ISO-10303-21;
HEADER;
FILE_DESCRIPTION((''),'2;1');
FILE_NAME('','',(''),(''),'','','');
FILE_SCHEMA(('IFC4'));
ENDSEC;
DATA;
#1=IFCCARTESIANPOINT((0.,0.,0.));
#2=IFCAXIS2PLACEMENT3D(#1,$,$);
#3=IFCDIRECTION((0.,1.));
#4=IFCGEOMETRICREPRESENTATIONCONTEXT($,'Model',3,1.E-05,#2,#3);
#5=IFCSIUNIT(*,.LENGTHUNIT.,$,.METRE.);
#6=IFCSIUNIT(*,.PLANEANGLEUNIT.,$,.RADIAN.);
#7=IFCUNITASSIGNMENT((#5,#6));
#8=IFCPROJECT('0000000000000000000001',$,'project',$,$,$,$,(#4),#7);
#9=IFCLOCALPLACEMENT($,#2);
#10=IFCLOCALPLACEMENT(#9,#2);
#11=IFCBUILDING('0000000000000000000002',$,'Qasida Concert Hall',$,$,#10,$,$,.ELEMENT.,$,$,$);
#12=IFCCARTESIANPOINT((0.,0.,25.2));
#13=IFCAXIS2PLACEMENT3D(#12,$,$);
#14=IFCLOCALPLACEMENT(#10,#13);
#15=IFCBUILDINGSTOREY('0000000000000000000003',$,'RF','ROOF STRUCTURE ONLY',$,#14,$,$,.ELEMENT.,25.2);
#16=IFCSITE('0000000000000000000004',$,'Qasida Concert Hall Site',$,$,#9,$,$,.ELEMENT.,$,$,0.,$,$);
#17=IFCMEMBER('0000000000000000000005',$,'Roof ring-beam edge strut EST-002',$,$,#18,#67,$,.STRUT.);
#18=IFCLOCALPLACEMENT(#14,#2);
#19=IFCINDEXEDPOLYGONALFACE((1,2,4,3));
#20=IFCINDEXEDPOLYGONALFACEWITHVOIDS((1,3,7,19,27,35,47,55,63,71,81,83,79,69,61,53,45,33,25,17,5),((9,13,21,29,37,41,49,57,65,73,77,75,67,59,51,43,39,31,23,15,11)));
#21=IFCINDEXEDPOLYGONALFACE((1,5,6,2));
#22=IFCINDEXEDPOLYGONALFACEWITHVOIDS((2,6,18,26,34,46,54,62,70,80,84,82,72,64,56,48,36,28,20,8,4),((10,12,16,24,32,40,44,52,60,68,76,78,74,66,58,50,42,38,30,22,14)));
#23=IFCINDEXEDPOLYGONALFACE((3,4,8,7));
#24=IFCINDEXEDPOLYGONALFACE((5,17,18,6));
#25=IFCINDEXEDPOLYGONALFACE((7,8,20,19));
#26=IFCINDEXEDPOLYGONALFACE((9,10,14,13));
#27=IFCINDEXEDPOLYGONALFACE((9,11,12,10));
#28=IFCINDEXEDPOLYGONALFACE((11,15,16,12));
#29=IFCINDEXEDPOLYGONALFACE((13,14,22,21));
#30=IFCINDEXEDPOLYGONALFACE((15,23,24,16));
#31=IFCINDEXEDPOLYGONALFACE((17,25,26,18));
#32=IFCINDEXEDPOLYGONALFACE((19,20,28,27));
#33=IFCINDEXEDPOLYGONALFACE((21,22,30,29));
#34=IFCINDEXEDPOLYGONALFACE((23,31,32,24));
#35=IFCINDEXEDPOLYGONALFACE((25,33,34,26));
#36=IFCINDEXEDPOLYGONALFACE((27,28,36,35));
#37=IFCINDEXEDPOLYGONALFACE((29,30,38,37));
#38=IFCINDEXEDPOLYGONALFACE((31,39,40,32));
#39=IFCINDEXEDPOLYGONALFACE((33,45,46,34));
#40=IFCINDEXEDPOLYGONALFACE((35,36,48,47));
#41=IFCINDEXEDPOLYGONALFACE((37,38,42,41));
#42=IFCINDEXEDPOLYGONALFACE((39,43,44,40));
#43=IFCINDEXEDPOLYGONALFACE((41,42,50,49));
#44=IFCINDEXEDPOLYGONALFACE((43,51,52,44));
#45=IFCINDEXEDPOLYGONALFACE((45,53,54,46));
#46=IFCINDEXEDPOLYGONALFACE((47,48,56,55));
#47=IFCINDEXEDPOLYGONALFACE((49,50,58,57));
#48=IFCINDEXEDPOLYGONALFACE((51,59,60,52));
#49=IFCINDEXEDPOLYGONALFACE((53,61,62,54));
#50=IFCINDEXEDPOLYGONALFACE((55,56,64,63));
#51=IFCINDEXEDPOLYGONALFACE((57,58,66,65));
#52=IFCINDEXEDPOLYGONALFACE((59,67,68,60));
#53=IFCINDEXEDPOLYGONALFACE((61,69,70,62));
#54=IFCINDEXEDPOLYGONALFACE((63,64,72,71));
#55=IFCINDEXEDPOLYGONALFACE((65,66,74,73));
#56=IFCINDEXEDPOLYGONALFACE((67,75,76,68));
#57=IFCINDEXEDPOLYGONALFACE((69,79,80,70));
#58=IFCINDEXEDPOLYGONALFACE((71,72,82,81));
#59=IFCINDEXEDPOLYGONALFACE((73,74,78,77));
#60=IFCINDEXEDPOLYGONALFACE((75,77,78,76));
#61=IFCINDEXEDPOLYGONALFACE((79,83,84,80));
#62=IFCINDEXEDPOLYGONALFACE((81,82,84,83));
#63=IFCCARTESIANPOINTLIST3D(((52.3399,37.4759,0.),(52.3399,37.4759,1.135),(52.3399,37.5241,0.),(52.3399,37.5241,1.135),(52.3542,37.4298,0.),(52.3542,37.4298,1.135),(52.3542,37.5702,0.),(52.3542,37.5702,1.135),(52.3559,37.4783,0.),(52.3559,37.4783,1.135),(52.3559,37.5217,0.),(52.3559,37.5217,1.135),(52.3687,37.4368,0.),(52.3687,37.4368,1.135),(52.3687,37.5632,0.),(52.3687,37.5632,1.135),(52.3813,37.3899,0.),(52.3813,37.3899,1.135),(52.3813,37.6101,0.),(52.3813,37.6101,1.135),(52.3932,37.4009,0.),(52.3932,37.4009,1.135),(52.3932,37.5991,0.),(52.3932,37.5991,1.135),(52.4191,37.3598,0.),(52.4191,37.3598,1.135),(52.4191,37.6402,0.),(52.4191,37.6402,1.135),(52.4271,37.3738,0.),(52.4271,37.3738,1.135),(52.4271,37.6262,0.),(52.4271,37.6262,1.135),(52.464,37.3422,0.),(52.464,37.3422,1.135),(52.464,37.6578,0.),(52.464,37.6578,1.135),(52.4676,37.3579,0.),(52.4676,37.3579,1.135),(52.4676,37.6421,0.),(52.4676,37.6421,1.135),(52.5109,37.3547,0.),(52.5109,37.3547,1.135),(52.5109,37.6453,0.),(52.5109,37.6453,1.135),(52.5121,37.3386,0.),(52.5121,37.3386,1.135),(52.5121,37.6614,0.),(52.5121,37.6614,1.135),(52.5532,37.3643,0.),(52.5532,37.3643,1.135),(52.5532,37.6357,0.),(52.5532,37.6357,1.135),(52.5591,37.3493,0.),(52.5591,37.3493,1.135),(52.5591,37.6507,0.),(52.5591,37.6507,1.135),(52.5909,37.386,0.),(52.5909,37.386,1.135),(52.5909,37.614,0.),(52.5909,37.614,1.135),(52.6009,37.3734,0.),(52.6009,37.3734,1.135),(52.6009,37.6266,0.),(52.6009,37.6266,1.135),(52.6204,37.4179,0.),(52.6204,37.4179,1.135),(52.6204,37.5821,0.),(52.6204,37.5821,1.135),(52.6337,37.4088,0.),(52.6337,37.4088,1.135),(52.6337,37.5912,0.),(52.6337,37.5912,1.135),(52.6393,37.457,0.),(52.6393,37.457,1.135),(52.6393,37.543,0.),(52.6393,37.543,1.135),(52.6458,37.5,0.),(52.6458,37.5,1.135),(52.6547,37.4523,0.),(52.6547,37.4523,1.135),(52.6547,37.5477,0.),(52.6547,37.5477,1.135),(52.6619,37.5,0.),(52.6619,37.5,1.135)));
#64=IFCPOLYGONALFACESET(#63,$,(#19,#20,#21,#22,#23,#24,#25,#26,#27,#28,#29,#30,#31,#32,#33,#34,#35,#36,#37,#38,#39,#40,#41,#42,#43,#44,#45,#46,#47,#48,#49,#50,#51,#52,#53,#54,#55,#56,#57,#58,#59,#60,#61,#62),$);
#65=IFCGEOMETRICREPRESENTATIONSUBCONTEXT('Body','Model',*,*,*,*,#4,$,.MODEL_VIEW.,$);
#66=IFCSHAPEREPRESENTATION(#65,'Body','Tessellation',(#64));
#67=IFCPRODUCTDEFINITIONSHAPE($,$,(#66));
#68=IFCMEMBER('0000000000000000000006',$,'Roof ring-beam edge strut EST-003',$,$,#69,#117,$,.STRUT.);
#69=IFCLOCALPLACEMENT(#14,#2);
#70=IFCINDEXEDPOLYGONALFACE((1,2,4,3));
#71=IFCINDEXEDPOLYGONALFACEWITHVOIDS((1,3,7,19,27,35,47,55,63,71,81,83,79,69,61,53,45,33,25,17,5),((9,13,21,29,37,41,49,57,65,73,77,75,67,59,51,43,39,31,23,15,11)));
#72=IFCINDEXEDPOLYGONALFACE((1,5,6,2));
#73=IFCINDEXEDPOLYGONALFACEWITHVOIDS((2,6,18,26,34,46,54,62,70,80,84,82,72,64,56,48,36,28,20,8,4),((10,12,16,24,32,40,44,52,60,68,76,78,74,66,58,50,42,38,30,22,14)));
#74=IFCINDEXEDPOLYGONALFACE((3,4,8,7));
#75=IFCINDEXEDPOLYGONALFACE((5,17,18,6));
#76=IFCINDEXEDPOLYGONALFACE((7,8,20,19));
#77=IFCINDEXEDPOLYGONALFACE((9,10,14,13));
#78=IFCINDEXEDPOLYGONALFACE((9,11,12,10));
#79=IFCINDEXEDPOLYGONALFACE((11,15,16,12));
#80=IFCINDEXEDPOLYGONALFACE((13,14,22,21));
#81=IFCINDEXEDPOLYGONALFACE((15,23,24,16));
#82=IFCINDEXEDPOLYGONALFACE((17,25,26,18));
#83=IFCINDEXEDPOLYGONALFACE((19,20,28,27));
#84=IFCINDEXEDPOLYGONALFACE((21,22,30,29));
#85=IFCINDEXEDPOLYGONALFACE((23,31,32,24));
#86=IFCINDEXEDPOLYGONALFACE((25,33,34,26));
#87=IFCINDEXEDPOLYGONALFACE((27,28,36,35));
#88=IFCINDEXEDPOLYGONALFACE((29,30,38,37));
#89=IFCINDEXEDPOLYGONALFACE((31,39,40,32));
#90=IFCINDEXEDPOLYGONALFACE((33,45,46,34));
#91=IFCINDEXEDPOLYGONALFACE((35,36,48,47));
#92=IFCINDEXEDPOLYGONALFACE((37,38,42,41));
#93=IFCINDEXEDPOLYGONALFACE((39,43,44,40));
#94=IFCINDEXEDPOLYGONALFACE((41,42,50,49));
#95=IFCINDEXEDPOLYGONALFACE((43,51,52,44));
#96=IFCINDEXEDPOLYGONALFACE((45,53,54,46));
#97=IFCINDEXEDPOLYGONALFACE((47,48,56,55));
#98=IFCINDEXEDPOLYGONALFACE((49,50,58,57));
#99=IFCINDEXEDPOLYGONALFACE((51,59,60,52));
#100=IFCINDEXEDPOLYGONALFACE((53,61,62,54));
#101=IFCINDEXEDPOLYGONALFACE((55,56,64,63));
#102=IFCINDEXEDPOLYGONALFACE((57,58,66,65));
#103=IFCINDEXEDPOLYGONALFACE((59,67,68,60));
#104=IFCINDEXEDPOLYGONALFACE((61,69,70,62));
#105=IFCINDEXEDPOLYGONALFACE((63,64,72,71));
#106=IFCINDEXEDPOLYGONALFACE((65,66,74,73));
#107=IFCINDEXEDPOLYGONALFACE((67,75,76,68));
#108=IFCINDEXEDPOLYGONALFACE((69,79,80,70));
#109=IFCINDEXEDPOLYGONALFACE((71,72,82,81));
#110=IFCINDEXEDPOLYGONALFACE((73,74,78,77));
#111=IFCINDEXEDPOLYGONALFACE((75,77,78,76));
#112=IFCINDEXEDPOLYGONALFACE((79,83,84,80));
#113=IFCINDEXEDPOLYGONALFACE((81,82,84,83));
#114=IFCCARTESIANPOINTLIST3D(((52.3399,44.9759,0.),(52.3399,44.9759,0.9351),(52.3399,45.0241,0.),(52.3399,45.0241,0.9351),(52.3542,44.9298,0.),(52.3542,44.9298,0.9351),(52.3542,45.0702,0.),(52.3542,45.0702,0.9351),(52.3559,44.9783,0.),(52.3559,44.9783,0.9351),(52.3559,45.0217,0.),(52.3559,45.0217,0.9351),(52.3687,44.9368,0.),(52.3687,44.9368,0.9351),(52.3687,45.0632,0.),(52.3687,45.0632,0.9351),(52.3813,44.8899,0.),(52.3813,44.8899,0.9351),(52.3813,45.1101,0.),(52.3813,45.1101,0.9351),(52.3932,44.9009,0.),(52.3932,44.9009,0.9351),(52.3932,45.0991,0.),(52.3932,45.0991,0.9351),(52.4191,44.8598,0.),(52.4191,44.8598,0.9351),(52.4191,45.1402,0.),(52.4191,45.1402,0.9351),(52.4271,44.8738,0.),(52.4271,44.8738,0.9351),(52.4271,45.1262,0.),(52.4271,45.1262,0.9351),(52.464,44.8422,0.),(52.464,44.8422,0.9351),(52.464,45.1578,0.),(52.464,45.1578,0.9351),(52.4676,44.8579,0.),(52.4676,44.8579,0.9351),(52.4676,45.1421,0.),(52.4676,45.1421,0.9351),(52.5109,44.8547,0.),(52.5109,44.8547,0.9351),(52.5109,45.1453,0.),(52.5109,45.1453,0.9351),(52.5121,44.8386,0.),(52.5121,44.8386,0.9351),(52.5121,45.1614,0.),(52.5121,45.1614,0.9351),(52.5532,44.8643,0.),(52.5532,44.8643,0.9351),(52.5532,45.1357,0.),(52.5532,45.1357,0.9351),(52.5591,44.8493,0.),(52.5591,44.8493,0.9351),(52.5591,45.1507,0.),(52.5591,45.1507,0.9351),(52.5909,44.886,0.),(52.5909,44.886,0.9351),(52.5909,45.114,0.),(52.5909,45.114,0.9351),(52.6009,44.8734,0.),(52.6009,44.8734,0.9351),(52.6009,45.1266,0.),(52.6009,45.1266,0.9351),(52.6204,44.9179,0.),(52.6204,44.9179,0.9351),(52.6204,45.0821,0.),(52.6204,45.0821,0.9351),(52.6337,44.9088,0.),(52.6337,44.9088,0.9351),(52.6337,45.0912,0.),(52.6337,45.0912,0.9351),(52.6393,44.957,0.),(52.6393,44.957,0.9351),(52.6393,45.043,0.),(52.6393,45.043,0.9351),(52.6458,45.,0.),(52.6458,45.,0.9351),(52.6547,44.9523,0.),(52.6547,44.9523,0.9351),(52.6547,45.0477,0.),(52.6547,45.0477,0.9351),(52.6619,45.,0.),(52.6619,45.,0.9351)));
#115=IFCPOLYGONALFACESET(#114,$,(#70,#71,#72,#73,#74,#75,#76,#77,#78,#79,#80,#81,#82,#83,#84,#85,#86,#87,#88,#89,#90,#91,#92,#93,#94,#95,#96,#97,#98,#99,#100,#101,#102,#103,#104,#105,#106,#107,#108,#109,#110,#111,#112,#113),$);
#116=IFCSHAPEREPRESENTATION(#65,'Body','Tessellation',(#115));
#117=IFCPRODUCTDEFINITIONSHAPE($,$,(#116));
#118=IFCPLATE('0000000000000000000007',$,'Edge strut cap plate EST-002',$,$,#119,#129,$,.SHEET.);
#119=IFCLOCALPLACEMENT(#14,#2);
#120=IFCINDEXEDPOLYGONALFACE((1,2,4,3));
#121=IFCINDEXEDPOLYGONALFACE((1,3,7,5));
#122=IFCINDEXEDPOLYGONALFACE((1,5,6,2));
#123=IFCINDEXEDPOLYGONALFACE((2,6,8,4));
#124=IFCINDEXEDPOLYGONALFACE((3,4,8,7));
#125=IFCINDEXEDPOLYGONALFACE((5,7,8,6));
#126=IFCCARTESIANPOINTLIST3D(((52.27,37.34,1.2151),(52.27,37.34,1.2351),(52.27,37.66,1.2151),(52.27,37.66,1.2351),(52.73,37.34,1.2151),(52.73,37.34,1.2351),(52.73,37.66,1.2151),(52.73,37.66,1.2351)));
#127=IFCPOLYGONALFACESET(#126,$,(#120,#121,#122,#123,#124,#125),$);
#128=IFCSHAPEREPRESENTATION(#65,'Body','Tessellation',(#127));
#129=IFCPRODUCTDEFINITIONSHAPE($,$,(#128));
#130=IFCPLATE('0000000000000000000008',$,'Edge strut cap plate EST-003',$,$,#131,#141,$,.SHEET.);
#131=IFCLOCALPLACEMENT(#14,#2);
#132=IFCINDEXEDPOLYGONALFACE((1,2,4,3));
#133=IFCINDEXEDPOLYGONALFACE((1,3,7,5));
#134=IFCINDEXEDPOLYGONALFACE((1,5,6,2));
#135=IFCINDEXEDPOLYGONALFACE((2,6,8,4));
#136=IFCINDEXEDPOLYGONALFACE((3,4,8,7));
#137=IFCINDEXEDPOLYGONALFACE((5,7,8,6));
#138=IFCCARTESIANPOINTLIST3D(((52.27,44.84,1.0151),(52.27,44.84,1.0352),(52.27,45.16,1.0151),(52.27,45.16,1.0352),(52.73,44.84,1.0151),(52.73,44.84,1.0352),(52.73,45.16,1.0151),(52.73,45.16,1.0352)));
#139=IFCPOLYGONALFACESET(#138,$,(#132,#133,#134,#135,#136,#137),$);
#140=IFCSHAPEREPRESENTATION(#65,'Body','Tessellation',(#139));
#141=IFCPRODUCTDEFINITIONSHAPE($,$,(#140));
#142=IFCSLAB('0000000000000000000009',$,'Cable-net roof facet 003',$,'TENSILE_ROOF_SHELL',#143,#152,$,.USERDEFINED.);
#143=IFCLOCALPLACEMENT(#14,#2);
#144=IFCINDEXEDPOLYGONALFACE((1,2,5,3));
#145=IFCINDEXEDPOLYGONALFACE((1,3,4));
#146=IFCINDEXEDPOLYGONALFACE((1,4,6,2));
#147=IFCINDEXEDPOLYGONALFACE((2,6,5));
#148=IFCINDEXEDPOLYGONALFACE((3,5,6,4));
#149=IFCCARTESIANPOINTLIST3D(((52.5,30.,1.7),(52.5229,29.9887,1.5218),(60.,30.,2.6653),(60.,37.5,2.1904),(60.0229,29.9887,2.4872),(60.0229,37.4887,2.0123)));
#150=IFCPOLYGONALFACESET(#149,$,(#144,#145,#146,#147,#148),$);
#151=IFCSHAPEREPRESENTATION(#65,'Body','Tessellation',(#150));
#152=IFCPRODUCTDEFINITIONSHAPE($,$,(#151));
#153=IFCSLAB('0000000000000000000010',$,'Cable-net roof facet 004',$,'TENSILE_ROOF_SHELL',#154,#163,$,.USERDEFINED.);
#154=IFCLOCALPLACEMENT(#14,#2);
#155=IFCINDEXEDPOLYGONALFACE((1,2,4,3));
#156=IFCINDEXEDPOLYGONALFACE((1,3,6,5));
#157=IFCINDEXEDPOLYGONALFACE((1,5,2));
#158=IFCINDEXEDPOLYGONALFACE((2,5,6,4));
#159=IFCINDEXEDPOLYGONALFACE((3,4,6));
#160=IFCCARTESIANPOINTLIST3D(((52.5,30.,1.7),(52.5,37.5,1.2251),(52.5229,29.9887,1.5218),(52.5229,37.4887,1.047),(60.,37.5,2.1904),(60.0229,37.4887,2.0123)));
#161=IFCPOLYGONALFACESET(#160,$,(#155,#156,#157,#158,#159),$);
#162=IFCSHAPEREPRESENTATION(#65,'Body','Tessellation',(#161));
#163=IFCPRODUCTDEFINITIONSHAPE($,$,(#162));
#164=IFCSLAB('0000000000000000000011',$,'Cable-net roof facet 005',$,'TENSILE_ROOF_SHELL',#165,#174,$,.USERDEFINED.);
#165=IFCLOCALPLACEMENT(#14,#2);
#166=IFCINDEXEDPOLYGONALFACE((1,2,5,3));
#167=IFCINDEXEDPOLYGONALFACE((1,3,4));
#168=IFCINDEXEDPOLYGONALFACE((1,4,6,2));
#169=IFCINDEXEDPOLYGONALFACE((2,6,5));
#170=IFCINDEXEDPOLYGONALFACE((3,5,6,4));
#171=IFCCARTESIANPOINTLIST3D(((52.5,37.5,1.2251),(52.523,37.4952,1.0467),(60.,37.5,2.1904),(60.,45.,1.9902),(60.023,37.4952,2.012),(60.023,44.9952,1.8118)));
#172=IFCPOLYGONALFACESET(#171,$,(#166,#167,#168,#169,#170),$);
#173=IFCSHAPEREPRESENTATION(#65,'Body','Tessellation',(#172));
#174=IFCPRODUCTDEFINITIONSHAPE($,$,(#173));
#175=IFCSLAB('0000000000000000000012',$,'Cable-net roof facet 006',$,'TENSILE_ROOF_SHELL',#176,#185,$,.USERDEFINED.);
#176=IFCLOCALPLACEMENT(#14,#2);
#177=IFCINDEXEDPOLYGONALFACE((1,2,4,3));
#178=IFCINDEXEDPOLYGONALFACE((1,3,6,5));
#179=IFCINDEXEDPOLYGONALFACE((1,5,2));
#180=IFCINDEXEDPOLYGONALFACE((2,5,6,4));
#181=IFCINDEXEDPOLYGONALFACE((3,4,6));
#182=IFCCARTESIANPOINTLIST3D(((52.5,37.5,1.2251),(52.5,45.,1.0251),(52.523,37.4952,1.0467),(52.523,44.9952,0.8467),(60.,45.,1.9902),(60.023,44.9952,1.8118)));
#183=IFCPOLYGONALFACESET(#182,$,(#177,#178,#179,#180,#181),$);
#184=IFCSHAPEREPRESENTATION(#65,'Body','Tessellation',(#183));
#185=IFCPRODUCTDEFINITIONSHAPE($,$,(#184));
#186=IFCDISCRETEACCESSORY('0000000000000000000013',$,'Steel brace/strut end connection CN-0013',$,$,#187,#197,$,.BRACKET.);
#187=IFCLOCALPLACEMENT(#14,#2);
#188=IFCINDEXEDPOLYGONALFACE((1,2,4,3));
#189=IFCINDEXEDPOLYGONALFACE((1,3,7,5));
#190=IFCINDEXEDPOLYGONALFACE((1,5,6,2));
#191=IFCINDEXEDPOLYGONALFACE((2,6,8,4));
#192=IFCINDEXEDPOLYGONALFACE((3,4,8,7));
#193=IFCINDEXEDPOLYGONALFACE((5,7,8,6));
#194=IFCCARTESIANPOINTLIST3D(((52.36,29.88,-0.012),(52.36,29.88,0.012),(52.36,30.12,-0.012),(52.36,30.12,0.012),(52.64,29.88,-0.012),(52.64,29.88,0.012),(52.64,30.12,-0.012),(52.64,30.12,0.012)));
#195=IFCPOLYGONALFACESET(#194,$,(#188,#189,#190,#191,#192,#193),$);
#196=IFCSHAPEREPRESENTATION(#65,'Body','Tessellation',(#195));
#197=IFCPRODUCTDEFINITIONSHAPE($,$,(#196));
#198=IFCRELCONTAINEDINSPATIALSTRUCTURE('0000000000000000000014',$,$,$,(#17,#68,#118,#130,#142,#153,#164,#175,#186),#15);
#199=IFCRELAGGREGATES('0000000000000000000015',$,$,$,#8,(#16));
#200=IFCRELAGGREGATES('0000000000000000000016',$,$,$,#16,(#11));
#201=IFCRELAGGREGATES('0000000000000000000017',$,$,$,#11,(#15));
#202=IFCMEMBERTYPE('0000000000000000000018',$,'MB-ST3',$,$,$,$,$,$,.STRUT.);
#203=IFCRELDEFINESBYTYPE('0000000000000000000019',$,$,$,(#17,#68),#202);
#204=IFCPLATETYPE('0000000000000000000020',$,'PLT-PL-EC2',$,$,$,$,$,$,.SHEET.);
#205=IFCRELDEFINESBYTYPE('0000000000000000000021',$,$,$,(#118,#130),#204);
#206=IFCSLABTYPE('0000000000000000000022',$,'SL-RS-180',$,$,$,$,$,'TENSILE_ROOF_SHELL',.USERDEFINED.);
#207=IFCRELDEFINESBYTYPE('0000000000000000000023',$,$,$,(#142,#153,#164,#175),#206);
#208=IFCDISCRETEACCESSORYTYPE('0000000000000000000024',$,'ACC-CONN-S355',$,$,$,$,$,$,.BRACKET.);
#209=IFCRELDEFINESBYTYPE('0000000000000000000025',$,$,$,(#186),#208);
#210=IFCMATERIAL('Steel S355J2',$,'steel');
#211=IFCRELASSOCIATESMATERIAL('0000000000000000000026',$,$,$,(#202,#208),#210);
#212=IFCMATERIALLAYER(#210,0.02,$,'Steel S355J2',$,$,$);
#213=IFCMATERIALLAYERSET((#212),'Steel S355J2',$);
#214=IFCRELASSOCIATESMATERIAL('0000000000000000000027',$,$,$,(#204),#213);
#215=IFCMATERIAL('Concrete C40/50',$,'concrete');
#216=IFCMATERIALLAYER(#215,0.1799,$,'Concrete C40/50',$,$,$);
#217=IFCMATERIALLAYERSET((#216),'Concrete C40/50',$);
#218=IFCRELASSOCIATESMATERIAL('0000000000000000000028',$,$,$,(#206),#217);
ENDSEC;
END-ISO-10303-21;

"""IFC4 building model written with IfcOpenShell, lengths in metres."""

from ifc_helpers import new_model, si_unit, direction, frame, origin, origin_2d, place, context, subcontext, project, spatial, polyline, rectangle, hollow_circle, outline, extrude, material, layer, layer_set, material_profile, profile_set, type_object, element, save


model = new_model("IFC4")

# Units and contexts
model_context = context("Model", 3, precision=1e-05, world=origin(), true_north=direction((0.0, 1.0)))
body_context = subcontext(model_context, "Body", "Model", "MODEL_VIEW")
ifc_project = project(units=[si_unit("LENGTHUNIT", "METRE"), si_unit("PLANEANGLEUNIT", "RADIAN")], contexts=[model_context])

# Site, building, storey
site_placement = place(None, origin())
site = spatial("IfcSite", under=ifc_project, at=site_placement, Name="Qasida Concert Hall Site", CompositionType="ELEMENT", RefElevation=0.0)
building_placement = place(site_placement, origin())
building = spatial("IfcBuilding", under=site, at=building_placement, Name="Qasida Concert Hall", CompositionType="ELEMENT")
storey_placement = place(building_placement, frame((0.0, 0.0, 25.2)))
storey = spatial("IfcBuildingStorey", under=building, at=storey_placement, Name="RF", Description="ROOF STRUCTURE ONLY", CompositionType="ELEMENT", Elevation=25.2)

# Members
ifc_material_1 = material(Name="Steel S355J2", Category="steel")
ifc_material_profile_1 = material_profile(ifc_material_1, hollow_circle(Radius=0.1619, WallThickness=0.0161, at=origin_2d()), Name="CHS 323.9x16")
ifc_profile_set_1 = profile_set([ifc_material_profile_1], Name="Steel S355J2")
member_type_1 = type_object("IfcMemberType", Name="MB-ST3", PredefinedType="STRUT", material=ifc_profile_set_1)
member_1_placement = place(storey_placement, frame((52.5, 37.5, 0.0), z_axis=(0.0, 0.0, 1.0), x_axis=(1.0, 0.0, 0.0)))
element("IfcMember", 1, at=member_1_placement, inside=storey, type_object=member_type_1, Name="Roof ring-beam edge strut EST-002", PredefinedType="STRUT", context=body_context, shape_type="SweptSolid", body=[
    extrude(hollow_circle(Radius=0.1619, WallThickness=0.0161, at=origin_2d()), origin(), (0.0, 0.0, 1.0), 1.135),
])
member_2_placement = place(storey_placement, frame((52.5, 45.0, 0.0), z_axis=(0.0, 0.0, 1.0), x_axis=(1.0, 0.0, 0.0)))
element("IfcMember", 2, at=member_2_placement, inside=storey, type_object=member_type_1, Name="Roof ring-beam edge strut EST-003", PredefinedType="STRUT", context=body_context, shape_type="SweptSolid", body=[
    extrude(hollow_circle(Radius=0.1619, WallThickness=0.0161, at=origin_2d()), origin(), (0.0, 0.0, 1.0), 0.9351),
])

# Plates
ifc_layer_1 = layer(ifc_material_1, 0.02, Name="Steel S355J2")
ifc_layer_set_1 = layer_set([ifc_layer_1], Name="Steel S355J2")
plate_type = type_object("IfcPlateType", Name="PLT-PL-EC2", PredefinedType="SHEET", material=ifc_layer_set_1)
for number, where, z_axis, x_axis, name in (
    (3, (52.5, 37.5, 1.2151), (0.0, 0.0, 1.0), (1.0, 0.0, 0.0), "Edge strut cap plate EST-002"),
    (4, (52.5, 45.0, 1.0151), (0.0, 0.0, 1.0), (1.0, 0.0, 0.0), "Edge strut cap plate EST-003"),
):
    element("IfcPlate", number, at=place(storey_placement, frame(where, z_axis=z_axis, x_axis=x_axis)), inside=storey, type_object=plate_type, Name=name, PredefinedType="SHEET", context=body_context, shape_type="SweptSolid", body=[
        extrude(rectangle(XDim=0.46, YDim=0.3201, at=origin_2d()), origin(), (0.0, 0.0, 1.0), 0.02),
    ])

# Slabs
ifc_material_2 = material(Name="Concrete C40/50", Category="concrete")
ifc_layer_2 = layer(ifc_material_2, 0.1799, Name="Concrete C40/50")
ifc_layer_set_2 = layer_set([ifc_layer_2], Name="Concrete C40/50")
slab_type = type_object("IfcSlabType", Name="SL-RS-180", ElementType="TENSILE_ROOF_SHELL", PredefinedType="USERDEFINED", material=ifc_layer_set_2)
slab_1_placement = place(storey_placement, frame((52.5, 30.0, 1.7), z_axis=(-0.127407, 0.062672, 0.989869), x_axis=(0.991818, 0.0, 0.127658)))
element("IfcSlab", 5, at=slab_1_placement, inside=storey, type_object=slab_type, Name="Cable-net roof facet 003", ObjectType="TENSILE_ROOF_SHELL", PredefinedType="USERDEFINED", context=body_context, shape_type="SweptSolid", body=[
    extrude(outline(polyline([(0.0, 0.0), (7.5619, 0.0), (7.5013, 7.5148), (0.0, 0.0)])), origin(), (0.0, 0.0, -1.0), 0.1799),
])
slab_2_placement = place(storey_placement, frame((52.5, 30.0, 1.7), z_axis=(-0.127407, 0.062672, 0.989869), x_axis=(0.706352, 0.706352, 0.046193)))
element("IfcSlab", 6, at=slab_2_placement, inside=storey, type_object=slab_type, Name="Cable-net roof facet 004", ObjectType="TENSILE_ROOF_SHELL", PredefinedType="USERDEFINED", context=body_context, shape_type="SweptSolid", body=[
    extrude(outline(polyline([(0.0, 0.0), (10.6179, 0.0), (5.2757, 5.3519), (0.0, 0.0)])), origin(), (0.0, 0.0, -1.0), 0.1799),
])
slab_3_placement = place(storey_placement, frame((52.5, 37.5, 1.2251), z_axis=(-0.127613, 0.026465, 0.991471), x_axis=(0.991818, 0.0, 0.127658)))
element("IfcSlab", 7, at=slab_3_placement, inside=storey, type_object=slab_type, Name="Cable-net roof facet 005", ObjectType="TENSILE_ROOF_SHELL", PredefinedType="USERDEFINED", context=body_context, shape_type="SweptSolid", body=[
    extrude(outline(polyline([(0.0, 0.0), (7.5619, 0.0), (7.5363, 7.5026), (0.0, 0.0)])), origin(), (0.0, 0.0, -1.0), 0.1799),
])
slab_4_placement = place(storey_placement, frame((52.5, 37.5, 1.2251), z_axis=(-0.127582, 0.026433, 0.991476), x_axis=(0.705274, 0.705274, 0.071951)))
element("IfcSlab", 8, at=slab_4_placement, inside=storey, type_object=slab_type, Name="Cable-net roof facet 006", ObjectType="TENSILE_ROOF_SHELL", PredefinedType="USERDEFINED", context=body_context, shape_type="SweptSolid", body=[
    extrude(outline(polyline([(0.0, 0.0), (10.6342, 0.0), (5.2752, 5.335), (0.0, 0.0)])), origin(), (0.0, 0.0, -1.0), 0.1799),
])

# Discrete accessory
discrete_accessory_type = type_object("IfcDiscreteAccessoryType", Name="ACC-CONN-S355", PredefinedType="BRACKET", material=ifc_material_1)
for number, where, z_axis, x_axis, name in (
    (9, (52.5, 30.0, -0.012), (0.0, 0.0, 1.0), (1.0, 0.0, 0.0), "Steel brace/strut end connection CN-0013"),
):
    element("IfcDiscreteAccessory", number, at=place(storey_placement, frame(where, z_axis=z_axis, x_axis=x_axis)), inside=storey, type_object=discrete_accessory_type, Name=name, PredefinedType="BRACKET", context=body_context, shape_type="SweptSolid", body=[
        extrude(rectangle(XDim=0.28, YDim=0.24, at=origin_2d()), origin(), (0.0, 0.0, 1.0), 0.0239),
    ])

save(model, "model.ifc")
